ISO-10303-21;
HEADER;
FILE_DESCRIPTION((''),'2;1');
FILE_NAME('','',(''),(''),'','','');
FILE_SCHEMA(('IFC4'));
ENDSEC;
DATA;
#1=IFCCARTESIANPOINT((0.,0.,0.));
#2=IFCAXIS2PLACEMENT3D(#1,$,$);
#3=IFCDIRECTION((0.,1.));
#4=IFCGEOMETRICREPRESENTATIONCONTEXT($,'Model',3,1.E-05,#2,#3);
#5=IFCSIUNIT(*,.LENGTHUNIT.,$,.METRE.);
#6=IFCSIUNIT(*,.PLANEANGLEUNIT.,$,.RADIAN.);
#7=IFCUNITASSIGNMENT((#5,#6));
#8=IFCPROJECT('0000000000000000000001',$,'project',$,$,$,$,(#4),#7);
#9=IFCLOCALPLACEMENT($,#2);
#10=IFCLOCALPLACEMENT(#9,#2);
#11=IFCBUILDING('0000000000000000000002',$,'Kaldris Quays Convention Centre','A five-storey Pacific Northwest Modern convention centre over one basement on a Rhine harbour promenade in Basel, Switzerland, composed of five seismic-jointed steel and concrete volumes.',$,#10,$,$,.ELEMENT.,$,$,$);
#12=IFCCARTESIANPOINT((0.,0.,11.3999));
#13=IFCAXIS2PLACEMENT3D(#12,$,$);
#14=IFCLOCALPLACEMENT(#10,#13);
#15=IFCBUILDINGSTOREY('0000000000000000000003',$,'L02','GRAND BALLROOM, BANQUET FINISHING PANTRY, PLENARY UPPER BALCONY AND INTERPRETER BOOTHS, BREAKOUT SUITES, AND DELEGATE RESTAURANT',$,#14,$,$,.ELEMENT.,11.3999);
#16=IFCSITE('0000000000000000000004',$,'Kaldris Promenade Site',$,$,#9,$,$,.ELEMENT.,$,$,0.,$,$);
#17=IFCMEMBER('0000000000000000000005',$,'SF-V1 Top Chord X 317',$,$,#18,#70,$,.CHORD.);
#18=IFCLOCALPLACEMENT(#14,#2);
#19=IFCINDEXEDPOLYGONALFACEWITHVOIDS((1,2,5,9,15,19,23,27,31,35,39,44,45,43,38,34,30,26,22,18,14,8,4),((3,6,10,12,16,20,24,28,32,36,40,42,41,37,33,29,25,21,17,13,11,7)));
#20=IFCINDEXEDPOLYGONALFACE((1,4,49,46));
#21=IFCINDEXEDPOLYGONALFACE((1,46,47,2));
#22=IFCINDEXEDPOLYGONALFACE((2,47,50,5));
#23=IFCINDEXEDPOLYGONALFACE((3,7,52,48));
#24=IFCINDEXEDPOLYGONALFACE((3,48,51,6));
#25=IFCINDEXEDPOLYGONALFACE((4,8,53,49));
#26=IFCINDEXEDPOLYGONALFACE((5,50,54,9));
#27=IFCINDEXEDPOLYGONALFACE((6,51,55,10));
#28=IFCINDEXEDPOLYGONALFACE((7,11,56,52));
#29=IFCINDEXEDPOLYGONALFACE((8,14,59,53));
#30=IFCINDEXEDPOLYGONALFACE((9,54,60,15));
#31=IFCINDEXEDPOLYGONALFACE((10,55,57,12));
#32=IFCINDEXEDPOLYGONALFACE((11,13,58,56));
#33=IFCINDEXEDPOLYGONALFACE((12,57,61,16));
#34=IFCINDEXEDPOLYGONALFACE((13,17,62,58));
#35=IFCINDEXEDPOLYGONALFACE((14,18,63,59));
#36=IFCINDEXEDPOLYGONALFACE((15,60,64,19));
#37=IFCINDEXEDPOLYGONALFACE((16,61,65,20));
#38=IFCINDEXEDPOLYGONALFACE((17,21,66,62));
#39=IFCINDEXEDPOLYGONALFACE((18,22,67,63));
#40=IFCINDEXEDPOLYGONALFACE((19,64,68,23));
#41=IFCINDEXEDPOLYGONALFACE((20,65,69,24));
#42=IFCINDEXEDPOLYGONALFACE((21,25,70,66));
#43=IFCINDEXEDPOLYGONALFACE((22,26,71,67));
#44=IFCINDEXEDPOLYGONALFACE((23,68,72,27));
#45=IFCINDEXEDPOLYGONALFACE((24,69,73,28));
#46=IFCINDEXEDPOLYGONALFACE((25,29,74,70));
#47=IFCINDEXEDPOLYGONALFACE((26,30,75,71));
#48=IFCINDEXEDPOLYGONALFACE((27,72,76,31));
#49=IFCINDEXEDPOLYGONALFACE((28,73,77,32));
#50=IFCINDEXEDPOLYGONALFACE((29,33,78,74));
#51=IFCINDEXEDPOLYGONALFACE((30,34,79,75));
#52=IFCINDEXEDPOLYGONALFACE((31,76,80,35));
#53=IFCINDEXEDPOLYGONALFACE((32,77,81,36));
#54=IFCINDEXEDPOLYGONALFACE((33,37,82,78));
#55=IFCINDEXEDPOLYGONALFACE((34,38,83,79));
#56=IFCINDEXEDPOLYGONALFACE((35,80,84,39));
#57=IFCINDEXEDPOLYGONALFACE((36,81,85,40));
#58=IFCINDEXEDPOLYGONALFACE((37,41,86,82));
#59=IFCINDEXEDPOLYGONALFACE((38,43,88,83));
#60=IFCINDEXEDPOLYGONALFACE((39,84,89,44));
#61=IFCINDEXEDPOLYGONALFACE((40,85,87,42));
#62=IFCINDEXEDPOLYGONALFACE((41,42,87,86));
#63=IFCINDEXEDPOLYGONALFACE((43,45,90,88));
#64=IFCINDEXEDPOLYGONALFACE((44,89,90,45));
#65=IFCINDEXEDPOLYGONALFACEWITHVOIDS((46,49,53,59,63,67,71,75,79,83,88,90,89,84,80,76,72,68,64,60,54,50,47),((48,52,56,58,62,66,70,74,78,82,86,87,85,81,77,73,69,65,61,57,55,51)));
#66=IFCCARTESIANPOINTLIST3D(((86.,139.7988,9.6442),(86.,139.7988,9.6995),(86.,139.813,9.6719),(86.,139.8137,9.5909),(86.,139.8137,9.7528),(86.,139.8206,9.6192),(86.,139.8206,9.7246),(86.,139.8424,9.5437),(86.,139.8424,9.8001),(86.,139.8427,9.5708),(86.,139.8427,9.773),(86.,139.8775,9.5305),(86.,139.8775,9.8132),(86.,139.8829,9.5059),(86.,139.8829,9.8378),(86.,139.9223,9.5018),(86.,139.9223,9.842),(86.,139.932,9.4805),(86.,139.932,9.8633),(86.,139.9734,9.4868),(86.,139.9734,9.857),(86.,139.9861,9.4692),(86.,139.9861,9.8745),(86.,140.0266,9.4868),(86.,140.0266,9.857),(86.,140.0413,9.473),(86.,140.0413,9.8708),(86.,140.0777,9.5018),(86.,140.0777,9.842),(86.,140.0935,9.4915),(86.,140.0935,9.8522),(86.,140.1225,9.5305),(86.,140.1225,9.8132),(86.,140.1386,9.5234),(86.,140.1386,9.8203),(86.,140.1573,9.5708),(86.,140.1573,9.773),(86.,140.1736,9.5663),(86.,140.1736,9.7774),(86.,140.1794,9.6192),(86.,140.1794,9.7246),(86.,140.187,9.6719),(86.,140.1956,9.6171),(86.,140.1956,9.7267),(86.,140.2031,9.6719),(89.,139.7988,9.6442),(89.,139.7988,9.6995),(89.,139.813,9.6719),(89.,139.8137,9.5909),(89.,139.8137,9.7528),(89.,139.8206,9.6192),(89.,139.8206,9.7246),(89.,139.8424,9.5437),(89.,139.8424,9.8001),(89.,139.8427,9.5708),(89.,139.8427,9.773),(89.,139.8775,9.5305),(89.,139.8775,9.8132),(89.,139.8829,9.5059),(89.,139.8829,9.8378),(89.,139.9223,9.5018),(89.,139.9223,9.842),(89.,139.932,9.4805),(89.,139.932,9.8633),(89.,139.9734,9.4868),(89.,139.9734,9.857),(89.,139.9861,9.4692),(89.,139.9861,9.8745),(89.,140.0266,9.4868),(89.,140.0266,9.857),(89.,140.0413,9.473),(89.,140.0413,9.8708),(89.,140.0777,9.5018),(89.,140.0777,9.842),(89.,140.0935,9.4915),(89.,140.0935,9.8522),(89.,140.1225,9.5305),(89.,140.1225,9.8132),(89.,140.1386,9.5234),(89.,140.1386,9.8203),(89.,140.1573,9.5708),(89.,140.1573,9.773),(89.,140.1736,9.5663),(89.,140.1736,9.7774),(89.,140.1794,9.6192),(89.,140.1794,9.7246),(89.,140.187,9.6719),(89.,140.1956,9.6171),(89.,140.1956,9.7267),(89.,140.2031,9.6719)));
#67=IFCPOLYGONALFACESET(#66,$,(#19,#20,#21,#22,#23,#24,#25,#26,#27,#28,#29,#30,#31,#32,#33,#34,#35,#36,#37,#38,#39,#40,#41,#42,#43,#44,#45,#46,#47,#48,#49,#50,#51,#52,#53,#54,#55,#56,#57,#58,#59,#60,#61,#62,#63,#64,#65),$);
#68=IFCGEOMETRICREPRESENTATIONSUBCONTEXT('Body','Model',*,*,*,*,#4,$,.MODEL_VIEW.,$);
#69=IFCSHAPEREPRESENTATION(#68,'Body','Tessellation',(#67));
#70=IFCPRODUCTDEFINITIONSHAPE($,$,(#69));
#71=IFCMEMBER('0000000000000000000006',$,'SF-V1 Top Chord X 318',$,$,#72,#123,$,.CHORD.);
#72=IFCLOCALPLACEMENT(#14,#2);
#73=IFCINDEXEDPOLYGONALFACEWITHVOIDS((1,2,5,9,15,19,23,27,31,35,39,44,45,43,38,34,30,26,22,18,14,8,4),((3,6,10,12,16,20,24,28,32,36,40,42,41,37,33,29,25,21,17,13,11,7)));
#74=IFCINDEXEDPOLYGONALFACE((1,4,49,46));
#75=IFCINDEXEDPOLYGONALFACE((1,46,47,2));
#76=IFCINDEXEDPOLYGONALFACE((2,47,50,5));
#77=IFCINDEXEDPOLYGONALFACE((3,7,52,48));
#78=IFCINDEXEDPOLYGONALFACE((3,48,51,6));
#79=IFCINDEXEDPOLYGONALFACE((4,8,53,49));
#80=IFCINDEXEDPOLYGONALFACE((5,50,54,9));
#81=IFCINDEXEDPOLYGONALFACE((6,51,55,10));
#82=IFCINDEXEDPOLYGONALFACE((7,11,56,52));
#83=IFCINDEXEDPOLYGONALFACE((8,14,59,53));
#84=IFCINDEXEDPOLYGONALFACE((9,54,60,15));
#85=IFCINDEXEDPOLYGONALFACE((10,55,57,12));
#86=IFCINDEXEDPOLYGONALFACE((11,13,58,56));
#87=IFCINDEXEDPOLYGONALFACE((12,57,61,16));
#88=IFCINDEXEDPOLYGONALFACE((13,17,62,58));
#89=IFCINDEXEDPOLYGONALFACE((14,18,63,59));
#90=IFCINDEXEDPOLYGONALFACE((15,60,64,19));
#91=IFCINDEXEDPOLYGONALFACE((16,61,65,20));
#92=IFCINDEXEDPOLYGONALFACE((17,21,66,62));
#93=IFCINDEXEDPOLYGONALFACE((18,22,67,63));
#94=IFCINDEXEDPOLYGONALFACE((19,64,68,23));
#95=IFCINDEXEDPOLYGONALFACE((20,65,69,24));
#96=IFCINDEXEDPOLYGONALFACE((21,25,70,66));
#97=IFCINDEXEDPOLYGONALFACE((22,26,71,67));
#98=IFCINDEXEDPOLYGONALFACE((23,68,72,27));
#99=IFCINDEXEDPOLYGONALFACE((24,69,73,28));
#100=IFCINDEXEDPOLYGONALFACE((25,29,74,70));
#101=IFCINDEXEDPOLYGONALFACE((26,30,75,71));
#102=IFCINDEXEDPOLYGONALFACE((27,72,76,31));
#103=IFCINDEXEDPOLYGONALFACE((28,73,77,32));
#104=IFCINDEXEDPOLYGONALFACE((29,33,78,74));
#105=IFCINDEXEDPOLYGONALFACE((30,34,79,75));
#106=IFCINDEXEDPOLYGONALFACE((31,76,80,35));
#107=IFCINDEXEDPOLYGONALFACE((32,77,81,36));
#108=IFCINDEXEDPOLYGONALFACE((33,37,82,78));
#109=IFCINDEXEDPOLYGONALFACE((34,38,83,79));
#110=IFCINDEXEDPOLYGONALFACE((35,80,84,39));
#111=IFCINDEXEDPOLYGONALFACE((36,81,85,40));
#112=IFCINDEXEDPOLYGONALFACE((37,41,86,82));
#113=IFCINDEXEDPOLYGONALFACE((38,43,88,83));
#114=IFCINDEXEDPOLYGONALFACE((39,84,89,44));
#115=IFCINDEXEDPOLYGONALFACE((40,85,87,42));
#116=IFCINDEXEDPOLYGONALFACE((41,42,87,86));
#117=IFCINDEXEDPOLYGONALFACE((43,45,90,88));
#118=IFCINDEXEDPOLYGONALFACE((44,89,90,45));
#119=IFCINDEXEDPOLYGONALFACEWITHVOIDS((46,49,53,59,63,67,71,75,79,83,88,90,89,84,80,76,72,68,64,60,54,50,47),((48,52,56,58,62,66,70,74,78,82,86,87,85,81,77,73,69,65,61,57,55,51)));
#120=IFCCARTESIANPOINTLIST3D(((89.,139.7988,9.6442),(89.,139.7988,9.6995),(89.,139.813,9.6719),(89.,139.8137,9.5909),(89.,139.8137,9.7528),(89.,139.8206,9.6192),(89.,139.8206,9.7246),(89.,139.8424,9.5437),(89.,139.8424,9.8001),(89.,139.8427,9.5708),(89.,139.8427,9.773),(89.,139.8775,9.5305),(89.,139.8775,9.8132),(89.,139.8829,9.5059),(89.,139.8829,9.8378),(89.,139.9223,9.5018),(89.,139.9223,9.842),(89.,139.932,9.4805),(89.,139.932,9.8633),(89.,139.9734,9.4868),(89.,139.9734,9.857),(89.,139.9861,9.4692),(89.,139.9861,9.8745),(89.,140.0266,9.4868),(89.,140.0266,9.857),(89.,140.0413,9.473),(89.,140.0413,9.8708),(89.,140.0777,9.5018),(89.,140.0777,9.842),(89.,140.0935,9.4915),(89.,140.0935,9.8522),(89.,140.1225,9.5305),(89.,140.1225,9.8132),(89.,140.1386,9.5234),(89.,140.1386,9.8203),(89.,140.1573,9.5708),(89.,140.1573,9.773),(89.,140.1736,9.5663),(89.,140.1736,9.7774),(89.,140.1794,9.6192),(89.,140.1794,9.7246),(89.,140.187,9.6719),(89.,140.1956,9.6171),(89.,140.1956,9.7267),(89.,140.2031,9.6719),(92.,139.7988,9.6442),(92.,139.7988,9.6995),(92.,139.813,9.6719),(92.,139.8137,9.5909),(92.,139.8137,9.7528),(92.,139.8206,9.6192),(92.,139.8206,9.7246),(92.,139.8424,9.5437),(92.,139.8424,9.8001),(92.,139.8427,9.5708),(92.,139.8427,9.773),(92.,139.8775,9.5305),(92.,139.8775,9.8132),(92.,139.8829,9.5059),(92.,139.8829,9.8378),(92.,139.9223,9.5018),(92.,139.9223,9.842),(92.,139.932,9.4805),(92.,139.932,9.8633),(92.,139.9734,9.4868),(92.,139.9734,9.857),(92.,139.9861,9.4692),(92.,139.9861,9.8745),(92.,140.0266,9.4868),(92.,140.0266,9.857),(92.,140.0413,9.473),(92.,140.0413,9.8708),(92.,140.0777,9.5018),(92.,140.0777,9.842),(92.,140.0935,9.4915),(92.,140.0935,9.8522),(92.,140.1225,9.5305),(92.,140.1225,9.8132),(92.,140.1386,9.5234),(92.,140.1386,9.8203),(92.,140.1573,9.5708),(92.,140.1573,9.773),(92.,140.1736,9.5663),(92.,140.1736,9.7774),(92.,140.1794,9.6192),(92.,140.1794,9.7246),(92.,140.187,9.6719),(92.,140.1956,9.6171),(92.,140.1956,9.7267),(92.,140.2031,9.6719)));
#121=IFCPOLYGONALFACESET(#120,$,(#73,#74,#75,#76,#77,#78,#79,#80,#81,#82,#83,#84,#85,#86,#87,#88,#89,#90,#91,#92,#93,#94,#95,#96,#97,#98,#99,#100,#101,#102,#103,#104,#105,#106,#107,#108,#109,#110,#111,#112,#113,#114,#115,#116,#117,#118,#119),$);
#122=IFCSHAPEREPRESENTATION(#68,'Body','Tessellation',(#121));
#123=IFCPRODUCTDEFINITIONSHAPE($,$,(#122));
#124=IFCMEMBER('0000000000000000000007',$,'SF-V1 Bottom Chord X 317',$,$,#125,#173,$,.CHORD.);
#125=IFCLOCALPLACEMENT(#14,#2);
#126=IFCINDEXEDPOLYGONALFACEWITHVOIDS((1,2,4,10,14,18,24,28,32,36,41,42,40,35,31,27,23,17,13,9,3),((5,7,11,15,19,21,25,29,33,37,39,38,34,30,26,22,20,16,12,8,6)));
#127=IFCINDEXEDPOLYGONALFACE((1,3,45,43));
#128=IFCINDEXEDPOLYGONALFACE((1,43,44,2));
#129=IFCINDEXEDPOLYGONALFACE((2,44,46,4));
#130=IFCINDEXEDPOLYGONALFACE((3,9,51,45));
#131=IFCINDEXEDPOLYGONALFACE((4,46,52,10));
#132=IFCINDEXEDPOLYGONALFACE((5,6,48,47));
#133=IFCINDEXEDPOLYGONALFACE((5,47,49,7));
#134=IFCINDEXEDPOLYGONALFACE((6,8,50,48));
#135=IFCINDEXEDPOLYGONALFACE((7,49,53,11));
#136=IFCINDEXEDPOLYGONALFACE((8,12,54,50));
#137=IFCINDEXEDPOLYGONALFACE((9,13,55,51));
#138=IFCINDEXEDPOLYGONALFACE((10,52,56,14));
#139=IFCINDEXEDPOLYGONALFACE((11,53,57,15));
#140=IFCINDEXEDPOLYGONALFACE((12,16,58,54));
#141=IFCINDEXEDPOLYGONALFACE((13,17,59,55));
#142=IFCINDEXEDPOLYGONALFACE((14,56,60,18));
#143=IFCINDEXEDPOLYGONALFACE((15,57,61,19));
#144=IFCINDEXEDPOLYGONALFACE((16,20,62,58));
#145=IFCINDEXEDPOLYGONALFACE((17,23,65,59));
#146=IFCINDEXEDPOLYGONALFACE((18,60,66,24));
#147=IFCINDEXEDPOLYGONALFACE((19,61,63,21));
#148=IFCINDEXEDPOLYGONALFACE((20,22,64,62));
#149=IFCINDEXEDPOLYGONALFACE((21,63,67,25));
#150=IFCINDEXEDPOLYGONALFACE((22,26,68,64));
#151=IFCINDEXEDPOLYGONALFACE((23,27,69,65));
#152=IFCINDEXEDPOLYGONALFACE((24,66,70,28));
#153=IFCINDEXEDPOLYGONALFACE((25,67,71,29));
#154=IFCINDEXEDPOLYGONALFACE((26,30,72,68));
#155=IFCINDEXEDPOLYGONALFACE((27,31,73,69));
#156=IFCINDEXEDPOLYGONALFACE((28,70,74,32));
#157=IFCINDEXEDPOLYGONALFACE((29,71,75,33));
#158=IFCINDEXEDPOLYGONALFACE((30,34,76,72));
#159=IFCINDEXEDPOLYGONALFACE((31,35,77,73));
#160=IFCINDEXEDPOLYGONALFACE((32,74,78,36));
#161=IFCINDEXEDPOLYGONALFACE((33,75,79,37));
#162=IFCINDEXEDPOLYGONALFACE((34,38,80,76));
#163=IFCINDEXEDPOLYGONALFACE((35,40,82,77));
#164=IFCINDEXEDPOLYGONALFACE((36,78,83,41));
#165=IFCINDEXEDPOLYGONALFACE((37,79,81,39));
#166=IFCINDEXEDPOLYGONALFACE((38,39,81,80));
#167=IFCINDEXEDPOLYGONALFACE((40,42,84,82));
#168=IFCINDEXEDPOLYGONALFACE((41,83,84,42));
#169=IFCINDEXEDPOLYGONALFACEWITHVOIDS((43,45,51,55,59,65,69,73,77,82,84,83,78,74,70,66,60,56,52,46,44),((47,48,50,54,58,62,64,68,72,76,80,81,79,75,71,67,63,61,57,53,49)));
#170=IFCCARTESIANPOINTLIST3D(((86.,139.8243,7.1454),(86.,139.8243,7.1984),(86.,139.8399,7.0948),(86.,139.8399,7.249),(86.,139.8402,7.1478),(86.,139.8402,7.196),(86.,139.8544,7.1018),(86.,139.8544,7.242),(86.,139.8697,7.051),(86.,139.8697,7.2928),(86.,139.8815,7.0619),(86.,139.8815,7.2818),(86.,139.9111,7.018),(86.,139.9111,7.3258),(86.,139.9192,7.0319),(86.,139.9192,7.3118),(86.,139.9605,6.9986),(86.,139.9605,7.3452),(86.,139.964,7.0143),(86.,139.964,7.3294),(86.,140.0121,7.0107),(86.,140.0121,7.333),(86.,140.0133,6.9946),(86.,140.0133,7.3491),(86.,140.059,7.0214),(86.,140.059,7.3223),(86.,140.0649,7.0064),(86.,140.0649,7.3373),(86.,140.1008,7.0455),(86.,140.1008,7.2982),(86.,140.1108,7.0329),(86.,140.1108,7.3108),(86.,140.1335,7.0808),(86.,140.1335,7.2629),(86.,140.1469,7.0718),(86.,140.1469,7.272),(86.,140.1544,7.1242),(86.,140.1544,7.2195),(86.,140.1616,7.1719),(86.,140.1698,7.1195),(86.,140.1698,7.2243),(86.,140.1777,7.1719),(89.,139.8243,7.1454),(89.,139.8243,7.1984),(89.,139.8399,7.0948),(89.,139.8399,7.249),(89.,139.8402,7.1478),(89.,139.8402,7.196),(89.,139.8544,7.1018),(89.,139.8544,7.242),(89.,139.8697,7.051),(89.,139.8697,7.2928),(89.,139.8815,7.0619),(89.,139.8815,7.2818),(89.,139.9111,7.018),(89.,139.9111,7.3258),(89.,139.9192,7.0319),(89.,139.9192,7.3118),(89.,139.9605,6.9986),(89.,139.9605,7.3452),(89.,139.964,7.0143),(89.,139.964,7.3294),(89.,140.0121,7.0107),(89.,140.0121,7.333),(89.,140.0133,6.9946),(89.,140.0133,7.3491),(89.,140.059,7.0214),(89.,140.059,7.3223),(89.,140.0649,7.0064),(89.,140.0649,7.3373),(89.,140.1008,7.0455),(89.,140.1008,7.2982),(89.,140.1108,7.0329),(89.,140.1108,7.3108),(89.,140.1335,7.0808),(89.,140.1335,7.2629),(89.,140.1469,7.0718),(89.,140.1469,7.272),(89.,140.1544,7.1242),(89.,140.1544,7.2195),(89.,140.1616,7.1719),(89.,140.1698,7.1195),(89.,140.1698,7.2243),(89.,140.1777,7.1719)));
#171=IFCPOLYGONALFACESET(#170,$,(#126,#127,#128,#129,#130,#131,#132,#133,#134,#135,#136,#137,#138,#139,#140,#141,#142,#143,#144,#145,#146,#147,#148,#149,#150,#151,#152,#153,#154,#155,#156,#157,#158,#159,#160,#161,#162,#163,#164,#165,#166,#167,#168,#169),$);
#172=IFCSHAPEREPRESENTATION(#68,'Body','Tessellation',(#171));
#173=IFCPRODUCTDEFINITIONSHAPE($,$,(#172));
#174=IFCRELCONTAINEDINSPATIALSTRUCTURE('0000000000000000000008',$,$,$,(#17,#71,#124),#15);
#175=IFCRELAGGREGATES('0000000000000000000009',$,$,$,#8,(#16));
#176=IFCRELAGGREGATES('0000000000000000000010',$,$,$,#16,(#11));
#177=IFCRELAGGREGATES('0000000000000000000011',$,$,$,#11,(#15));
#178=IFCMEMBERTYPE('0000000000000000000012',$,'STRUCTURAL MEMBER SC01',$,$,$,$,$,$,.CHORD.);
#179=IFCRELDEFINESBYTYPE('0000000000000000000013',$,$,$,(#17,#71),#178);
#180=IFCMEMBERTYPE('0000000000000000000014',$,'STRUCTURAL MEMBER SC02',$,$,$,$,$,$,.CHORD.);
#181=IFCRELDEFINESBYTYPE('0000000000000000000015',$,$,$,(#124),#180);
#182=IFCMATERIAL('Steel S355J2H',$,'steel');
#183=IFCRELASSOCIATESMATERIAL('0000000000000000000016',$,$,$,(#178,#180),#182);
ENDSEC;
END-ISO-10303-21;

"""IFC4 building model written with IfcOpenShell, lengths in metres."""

from ifc_helpers import new_model, si_unit, direction, frame, origin, origin_2d, place, context, subcontext, project, spatial, hollow_circle, extrude, material, material_profile, profile_set, type_object, element, save


model = new_model("IFC4")

# Units and contexts
model_context = context("Model", 3, precision=1e-05, world=origin(), true_north=direction((0.0, 1.0)))
body_context = subcontext(model_context, "Body", "Model", "MODEL_VIEW")
ifc_project = project(units=[si_unit("LENGTHUNIT", "METRE"), si_unit("PLANEANGLEUNIT", "RADIAN")], contexts=[model_context])

# Site, building, storey
site_placement = place(None, origin())
site = spatial("IfcSite", under=ifc_project, at=site_placement, Name="Kaldris Promenade Site", CompositionType="ELEMENT", RefElevation=0.0)
building_placement = place(site_placement, origin())
building = spatial("IfcBuilding", under=site, at=building_placement, Name="Kaldris Quays Convention Centre", Description="A five-storey Pacific Northwest Modern convention centre over one basement on a Rhine harbour promenade in Basel, Switzerland, composed of five seismic-jointed steel and concrete volumes.", CompositionType="ELEMENT")
storey_placement = place(building_placement, frame((0.0, 0.0, 11.3999)))
storey = spatial("IfcBuildingStorey", under=building, at=storey_placement, Name="L02", Description="GRAND BALLROOM, BANQUET FINISHING PANTRY, PLENARY UPPER BALCONY AND INTERPRETER BOOTHS, BREAKOUT SUITES, AND DELEGATE RESTAURANT", CompositionType="ELEMENT", Elevation=11.3999)

# Members
ifc_material_1 = material(Name="Steel S355J2H", Category="steel")
ifc_material_profile_1 = material_profile(ifc_material_1, hollow_circle(Radius=0.2031, WallThickness=0.0161, at=origin_2d()), Name="CHS 406.4x16")
ifc_profile_set_1 = profile_set([ifc_material_profile_1], Name="Steel S355J2H")
member_type_1 = type_object("IfcMemberType", Name="STRUCTURAL MEMBER SC01", PredefinedType="CHORD", material=ifc_profile_set_1)
for number, where, z_axis, x_axis, name in (
    (1, (86.0, 140.0, 9.6719), (1.0, 0.0, 0.0), (0.0, 1.0, 0.0), "SF-V1 Top Chord X 317"),
    (2, (89.0, 140.0, 9.6719), (1.0, 0.0, 0.0), (0.0, 1.0, 0.0), "SF-V1 Top Chord X 318"),
):
    element("IfcMember", number, at=place(storey_placement, frame(where, z_axis=z_axis, x_axis=x_axis)), inside=storey, type_object=member_type_1, Name=name, PredefinedType="CHORD", context=body_context, shape_type="SweptSolid", body=[
        extrude(hollow_circle(Radius=0.2031, WallThickness=0.0161, at=origin_2d()), origin(), (0.0, 0.0, 1.0), 3.0),
    ])
ifc_material_profile_2 = material_profile(ifc_material_1, hollow_circle(Radius=0.1777, WallThickness=0.0161, at=origin_2d()), Name="CHS 355.6x16")
ifc_profile_set_2 = profile_set([ifc_material_profile_2], Name="Steel S355J2H")
member_type_2 = type_object("IfcMemberType", Name="STRUCTURAL MEMBER SC02", PredefinedType="CHORD", material=ifc_profile_set_2)
for number, where, z_axis, x_axis, name in (
    (3, (86.0, 140.0, 7.1719), (1.0, 0.0, 0.0), (0.0, 1.0, 0.0), "SF-V1 Bottom Chord X 317"),
):
    element("IfcMember", number, at=place(storey_placement, frame(where, z_axis=z_axis, x_axis=x_axis)), inside=storey, type_object=member_type_2, Name=name, PredefinedType="CHORD", context=body_context, shape_type="SweptSolid", body=[
        extrude(hollow_circle(Radius=0.1777, WallThickness=0.0161, at=origin_2d()), origin(), (0.0, 0.0, 1.0), 3.0),
    ])

save(model, "model.ifc")
